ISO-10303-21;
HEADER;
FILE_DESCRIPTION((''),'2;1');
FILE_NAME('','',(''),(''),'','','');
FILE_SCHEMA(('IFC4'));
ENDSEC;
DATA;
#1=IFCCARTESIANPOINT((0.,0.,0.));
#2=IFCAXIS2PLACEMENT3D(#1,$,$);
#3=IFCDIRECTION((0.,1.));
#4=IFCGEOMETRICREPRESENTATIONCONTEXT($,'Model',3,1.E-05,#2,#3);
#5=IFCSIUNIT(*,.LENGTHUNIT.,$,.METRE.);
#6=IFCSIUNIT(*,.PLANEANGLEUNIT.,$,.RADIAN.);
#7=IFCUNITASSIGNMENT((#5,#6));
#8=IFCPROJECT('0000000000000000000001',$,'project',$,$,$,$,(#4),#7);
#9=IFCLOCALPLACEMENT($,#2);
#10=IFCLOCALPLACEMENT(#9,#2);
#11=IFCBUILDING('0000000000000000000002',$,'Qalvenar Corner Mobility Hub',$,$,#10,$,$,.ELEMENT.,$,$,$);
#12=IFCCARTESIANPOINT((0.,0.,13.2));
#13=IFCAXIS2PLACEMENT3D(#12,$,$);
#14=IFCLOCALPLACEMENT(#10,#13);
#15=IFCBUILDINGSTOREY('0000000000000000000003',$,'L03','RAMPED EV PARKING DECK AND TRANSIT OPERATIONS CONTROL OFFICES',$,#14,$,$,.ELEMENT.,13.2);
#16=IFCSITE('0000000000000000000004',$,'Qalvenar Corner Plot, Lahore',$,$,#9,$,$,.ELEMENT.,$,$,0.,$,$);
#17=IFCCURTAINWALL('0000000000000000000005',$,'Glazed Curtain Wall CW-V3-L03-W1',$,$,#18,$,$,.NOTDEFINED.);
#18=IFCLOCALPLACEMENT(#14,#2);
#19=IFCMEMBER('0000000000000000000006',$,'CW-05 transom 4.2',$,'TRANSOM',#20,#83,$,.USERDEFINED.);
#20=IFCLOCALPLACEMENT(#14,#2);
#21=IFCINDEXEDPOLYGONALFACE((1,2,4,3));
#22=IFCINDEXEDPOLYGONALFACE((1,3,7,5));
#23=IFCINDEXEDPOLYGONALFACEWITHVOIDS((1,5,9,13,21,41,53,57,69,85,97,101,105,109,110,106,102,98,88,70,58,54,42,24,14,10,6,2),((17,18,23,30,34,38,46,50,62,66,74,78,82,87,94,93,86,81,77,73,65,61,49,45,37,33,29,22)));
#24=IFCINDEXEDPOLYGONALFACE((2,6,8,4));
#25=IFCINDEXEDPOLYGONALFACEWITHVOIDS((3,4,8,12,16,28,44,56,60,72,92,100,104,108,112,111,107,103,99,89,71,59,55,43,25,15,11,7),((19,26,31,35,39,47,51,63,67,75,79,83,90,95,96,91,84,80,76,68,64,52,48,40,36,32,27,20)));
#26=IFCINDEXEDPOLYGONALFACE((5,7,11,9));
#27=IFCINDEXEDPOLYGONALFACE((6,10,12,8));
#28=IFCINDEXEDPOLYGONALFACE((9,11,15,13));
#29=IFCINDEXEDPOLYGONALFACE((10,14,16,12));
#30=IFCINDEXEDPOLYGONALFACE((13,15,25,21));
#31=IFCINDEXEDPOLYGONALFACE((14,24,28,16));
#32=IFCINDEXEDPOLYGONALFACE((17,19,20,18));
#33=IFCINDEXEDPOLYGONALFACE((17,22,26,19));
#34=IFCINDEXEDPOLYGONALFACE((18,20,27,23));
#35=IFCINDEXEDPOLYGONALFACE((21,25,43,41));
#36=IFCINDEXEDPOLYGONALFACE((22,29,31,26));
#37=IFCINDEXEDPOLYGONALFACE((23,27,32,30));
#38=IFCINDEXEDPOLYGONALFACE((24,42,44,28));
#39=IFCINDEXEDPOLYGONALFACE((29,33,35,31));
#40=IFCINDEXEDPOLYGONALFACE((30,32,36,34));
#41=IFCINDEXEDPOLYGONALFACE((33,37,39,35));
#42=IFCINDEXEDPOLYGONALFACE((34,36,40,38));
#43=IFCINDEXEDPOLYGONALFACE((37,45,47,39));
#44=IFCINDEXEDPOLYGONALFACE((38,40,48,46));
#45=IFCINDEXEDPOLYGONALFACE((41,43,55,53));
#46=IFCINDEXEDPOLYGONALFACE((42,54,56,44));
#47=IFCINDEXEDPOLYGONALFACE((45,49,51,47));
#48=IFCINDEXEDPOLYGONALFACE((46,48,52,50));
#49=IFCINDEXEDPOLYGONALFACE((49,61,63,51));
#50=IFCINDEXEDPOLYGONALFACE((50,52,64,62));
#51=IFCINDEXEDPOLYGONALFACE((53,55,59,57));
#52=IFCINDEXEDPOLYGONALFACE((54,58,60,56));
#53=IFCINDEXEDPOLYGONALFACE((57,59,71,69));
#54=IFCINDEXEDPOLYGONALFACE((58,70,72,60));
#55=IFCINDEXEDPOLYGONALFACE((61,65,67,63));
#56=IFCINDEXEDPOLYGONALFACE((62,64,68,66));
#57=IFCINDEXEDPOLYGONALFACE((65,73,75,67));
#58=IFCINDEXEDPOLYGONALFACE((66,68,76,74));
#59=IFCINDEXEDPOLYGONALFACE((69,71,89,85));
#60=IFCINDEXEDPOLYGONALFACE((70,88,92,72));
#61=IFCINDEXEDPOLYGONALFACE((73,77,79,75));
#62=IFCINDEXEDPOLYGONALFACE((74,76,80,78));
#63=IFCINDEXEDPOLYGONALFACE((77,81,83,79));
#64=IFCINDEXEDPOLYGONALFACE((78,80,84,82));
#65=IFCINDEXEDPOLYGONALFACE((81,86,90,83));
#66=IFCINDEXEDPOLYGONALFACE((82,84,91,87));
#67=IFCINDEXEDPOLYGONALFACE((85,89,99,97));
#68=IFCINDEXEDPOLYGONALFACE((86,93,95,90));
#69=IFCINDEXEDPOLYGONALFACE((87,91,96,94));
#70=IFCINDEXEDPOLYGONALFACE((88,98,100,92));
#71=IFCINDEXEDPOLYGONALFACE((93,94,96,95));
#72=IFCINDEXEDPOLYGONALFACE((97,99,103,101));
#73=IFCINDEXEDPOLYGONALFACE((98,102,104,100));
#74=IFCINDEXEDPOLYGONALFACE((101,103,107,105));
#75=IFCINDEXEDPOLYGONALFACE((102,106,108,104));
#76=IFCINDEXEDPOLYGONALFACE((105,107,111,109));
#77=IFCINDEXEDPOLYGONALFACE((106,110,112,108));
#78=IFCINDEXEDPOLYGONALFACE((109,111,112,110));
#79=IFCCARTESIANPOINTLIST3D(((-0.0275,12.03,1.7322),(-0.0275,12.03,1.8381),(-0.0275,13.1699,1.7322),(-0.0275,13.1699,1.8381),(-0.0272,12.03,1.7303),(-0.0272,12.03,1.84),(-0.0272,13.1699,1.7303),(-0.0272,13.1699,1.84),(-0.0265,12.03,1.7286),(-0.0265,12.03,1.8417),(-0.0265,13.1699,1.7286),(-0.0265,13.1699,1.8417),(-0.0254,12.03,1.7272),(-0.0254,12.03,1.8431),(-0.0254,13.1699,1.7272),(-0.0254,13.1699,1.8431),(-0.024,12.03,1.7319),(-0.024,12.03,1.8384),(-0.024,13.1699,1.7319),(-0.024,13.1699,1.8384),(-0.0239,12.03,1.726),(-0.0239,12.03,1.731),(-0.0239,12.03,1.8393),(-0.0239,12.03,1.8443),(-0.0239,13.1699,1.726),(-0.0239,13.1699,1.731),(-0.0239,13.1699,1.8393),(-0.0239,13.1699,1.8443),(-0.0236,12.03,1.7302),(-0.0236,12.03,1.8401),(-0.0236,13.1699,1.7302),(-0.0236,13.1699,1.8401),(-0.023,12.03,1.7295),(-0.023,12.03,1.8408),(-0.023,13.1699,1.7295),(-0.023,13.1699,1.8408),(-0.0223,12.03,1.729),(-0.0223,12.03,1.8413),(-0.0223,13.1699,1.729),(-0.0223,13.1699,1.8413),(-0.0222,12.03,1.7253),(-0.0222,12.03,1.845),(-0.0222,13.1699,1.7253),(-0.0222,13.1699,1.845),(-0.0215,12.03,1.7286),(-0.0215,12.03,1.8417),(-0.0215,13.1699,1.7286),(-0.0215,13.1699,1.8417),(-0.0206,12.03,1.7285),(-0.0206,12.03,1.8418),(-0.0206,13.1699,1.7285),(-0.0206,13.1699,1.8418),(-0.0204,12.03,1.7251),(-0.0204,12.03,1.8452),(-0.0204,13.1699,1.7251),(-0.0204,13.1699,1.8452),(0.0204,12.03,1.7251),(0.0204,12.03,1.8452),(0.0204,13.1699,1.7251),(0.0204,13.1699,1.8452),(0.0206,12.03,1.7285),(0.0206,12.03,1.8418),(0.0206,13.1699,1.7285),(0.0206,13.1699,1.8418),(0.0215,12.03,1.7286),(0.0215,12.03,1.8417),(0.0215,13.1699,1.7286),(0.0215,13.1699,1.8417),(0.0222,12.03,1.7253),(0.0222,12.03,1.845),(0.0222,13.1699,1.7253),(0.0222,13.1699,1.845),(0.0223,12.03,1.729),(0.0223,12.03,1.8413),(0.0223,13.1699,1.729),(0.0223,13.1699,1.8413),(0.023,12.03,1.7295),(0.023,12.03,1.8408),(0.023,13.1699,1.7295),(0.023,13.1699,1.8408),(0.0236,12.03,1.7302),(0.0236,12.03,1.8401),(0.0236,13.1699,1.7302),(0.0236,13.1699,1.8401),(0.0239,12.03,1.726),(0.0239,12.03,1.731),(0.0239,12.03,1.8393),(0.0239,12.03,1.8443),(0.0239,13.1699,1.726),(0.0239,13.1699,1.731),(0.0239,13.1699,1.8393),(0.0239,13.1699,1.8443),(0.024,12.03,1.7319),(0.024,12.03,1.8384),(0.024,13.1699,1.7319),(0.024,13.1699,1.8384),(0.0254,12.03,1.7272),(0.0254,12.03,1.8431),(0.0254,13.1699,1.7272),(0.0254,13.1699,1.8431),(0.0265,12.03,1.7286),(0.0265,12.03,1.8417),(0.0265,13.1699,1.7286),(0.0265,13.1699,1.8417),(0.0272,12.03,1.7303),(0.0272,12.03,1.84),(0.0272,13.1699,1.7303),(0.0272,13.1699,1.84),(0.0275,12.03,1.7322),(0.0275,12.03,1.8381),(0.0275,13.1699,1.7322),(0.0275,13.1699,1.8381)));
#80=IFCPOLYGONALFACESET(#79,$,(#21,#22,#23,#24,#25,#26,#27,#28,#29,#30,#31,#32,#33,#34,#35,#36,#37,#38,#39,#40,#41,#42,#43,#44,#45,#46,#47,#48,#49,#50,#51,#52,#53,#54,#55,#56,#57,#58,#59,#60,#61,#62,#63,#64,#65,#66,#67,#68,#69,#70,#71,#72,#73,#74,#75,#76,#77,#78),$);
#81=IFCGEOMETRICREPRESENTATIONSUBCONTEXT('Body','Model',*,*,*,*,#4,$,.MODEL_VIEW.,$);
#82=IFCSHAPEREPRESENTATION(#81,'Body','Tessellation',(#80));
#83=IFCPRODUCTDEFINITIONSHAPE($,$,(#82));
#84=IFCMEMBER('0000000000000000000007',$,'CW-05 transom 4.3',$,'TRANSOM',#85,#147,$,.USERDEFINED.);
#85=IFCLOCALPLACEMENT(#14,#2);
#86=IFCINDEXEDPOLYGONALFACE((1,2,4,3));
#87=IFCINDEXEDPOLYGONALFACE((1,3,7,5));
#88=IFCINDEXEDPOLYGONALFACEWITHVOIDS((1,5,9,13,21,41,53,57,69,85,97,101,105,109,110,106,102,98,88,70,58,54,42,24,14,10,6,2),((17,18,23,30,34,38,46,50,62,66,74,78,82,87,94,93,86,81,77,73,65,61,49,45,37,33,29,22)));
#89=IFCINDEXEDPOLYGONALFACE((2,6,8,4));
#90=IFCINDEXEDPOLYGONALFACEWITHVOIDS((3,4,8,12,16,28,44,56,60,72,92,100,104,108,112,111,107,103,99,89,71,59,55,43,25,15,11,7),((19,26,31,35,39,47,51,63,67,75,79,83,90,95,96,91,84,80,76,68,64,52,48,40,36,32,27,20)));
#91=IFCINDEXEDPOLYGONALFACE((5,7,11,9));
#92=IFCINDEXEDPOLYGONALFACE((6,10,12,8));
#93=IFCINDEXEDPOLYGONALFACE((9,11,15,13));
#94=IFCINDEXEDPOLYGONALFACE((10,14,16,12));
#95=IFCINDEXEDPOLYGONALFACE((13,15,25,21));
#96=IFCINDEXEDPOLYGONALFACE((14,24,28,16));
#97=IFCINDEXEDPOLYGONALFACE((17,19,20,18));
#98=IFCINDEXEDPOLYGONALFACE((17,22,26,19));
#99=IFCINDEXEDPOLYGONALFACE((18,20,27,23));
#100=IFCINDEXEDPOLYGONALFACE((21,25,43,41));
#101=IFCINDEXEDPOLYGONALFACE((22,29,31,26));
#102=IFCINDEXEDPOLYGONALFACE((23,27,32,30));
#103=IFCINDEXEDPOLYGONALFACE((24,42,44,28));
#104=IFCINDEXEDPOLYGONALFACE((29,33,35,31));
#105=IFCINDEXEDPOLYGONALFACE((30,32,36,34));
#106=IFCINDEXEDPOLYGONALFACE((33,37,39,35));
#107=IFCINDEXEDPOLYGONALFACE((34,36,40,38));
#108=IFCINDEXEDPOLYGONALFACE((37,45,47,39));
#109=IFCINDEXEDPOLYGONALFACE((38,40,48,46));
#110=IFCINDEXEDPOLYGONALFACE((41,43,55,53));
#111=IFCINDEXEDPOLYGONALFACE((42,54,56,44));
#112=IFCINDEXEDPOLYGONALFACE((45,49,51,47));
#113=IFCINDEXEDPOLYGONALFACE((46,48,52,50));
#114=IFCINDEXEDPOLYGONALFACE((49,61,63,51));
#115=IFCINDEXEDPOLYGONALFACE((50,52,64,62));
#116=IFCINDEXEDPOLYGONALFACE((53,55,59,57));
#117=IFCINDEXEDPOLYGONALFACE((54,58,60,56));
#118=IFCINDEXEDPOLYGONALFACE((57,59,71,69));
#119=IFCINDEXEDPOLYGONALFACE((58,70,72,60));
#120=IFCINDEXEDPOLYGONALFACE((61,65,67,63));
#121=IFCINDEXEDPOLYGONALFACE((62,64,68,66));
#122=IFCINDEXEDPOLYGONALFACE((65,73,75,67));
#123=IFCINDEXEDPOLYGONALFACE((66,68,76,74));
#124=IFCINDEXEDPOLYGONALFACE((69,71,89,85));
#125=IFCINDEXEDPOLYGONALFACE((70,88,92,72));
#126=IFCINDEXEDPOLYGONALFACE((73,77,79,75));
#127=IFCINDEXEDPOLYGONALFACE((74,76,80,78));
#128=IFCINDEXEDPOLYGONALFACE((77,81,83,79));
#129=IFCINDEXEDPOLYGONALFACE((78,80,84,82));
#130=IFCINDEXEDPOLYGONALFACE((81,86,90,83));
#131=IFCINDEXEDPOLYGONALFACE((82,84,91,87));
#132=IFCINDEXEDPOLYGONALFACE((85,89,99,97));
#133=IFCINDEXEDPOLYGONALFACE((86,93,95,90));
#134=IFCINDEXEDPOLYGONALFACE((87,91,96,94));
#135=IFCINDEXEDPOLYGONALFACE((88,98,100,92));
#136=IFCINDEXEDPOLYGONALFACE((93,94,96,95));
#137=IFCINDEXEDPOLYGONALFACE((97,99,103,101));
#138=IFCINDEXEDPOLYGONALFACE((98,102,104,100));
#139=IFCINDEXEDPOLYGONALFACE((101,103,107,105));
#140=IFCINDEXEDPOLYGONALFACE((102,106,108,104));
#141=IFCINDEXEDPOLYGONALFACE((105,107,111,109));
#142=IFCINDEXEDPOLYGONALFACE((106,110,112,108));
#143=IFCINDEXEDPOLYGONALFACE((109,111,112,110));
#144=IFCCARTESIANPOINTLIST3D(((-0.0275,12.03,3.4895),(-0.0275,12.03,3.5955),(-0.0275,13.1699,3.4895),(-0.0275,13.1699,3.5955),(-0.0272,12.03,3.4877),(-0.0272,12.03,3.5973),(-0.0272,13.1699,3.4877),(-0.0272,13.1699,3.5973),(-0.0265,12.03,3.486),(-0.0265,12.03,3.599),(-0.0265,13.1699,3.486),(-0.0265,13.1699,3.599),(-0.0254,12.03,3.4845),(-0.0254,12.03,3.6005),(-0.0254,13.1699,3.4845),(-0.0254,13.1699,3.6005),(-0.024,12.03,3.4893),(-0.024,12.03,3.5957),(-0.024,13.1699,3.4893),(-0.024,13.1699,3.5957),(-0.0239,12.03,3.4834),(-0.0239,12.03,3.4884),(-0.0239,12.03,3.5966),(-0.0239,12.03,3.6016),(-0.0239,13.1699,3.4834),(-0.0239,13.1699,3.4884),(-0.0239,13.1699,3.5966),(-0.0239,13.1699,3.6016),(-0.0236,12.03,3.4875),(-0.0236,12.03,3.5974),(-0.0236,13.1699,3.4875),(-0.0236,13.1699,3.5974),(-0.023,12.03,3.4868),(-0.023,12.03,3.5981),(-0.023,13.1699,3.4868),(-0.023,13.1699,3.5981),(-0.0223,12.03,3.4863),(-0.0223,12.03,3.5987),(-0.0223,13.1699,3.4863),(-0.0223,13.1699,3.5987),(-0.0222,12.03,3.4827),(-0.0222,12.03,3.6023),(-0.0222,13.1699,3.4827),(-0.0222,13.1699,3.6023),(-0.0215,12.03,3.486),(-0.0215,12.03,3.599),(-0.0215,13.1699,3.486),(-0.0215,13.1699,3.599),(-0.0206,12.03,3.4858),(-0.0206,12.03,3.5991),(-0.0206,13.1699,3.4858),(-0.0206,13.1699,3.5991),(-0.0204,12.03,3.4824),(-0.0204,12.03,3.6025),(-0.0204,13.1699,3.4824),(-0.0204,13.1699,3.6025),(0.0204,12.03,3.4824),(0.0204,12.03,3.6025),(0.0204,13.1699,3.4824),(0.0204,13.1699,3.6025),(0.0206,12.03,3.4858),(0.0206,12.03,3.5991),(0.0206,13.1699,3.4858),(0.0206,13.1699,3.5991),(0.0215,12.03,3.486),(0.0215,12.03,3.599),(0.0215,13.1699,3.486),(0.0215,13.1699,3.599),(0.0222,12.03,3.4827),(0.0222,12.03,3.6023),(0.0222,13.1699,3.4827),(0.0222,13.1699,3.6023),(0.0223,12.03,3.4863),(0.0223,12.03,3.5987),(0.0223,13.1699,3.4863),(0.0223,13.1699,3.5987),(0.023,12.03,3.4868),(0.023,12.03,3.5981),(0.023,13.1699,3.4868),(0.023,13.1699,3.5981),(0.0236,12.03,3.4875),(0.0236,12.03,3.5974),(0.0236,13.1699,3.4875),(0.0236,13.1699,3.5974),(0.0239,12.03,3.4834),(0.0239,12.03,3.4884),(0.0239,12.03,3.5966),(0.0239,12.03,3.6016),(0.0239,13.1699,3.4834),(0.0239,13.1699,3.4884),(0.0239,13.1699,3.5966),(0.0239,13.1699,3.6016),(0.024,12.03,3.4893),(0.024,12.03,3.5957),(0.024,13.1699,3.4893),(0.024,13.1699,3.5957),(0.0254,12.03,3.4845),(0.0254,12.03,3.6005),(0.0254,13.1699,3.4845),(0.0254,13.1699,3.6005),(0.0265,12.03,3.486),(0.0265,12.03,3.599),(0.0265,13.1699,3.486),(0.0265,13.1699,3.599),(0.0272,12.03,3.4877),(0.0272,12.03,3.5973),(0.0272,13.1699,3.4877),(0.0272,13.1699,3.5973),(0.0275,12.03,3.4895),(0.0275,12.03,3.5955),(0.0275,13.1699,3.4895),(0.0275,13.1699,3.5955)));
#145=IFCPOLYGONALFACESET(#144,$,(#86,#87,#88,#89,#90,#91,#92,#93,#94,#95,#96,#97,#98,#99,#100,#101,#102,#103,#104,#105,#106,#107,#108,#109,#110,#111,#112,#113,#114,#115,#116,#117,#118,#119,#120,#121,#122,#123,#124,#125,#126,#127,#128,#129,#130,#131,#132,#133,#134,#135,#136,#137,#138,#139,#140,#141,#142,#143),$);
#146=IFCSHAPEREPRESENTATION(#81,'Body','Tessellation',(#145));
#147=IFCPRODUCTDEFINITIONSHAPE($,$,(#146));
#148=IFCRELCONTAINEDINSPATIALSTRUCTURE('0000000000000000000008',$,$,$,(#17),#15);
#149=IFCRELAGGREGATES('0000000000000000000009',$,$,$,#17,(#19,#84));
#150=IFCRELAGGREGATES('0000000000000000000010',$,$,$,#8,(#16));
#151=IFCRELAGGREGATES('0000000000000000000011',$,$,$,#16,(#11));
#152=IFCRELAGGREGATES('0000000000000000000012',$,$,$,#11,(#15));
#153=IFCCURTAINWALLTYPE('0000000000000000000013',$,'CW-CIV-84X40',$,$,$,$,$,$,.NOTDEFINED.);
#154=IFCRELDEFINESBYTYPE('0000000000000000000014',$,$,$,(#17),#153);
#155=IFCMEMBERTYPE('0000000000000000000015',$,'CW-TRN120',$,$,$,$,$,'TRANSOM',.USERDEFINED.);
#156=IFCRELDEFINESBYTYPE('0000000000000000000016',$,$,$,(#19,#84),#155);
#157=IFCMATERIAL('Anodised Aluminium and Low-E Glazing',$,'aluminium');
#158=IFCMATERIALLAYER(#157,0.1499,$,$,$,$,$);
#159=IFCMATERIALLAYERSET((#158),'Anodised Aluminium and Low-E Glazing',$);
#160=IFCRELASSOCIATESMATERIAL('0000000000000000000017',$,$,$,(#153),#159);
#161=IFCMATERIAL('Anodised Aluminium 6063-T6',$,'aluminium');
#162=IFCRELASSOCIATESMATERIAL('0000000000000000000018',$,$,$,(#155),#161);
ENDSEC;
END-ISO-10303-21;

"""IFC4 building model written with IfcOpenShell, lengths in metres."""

from ifc_helpers import new_model, si_unit, direction, frame, origin, origin_2d, place, context, subcontext, project, spatial, hollow_rectangle, extrude, material, layer, layer_set, material_profile, profile_set, type_object, element, aggregate, save


model = new_model("IFC4")

# Units and contexts
model_context = context("Model", 3, precision=1e-05, world=origin(), true_north=direction((0.0, 1.0)))
body_context = subcontext(model_context, "Body", "Model", "MODEL_VIEW")
ifc_project = project(units=[si_unit("LENGTHUNIT", "METRE"), si_unit("PLANEANGLEUNIT", "RADIAN")], contexts=[model_context])

# Site, building, storey
site_placement = place(None, origin())
site = spatial("IfcSite", under=ifc_project, at=site_placement, Name="Qalvenar Corner Plot, Lahore", CompositionType="ELEMENT", RefElevation=0.0)
building_placement = place(site_placement, origin())
building = spatial("IfcBuilding", under=site, at=building_placement, Name="Qalvenar Corner Mobility Hub", CompositionType="ELEMENT")
storey_placement = place(building_placement, frame((0.0, 0.0, 13.2)))
storey = spatial("IfcBuildingStorey", under=building, at=storey_placement, Name="L03", Description="RAMPED EV PARKING DECK AND TRANSIT OPERATIONS CONTROL OFFICES", CompositionType="ELEMENT", Elevation=13.2)

# Curtain wall, members
ifc_material_1 = material(Name="Anodised Aluminium and Low-E Glazing", Category="aluminium")
ifc_layer_1 = layer(ifc_material_1, 0.1499)
ifc_layer_set_1 = layer_set([ifc_layer_1], Name="Anodised Aluminium and Low-E Glazing")
curtain_wall_type = type_object("IfcCurtainWallType", Name="CW-CIV-84X40", PredefinedType="NOTDEFINED", material=ifc_layer_set_1)
curtain_wall_placement = place(storey_placement, origin())
curtain_wall = element("IfcCurtainWall", 1, at=curtain_wall_placement, inside=storey, type_object=curtain_wall_type, Name="Glazed Curtain Wall CW-V3-L03-W1", PredefinedType="NOTDEFINED")
ifc_material_2 = material(Name="Anodised Aluminium 6063-T6", Category="aluminium")
ifc_material_profile_1 = material_profile(ifc_material_2, hollow_rectangle(XDim=0.0549, YDim=0.1201, WallThickness=0.0034, InnerFilletRadius=0.0034, OuterFilletRadius=0.0071, at=origin_2d()), Name="RHS120x55x3.5")
ifc_profile_set_1 = profile_set([ifc_material_profile_1], Name="Anodised Aluminium 6063-T6")
member_type_1 = type_object("IfcMemberType", Name="CW-TRN120", ElementType="TRANSOM", PredefinedType="USERDEFINED", material=ifc_profile_set_1)
member_1_placement = place(storey_placement, frame((0.0, 13.1699, 1.7852), z_axis=(0.0, -1.0, 0.0), x_axis=(1.0, 0.0, 0.0)))
member_1 = element("IfcMember", 2, at=member_1_placement, type_object=member_type_1, Name="CW-05 transom 4.2", ObjectType="TRANSOM", PredefinedType="USERDEFINED", context=body_context, shape_type="SweptSolid", body=[
    extrude(hollow_rectangle(XDim=0.0549, YDim=0.1201, WallThickness=0.0034, InnerFilletRadius=0.0034, OuterFilletRadius=0.0071, at=origin_2d()), origin(), (0.0, 0.0, 1.0), 1.1399),
])
member_2_placement = place(storey_placement, frame((0.0, 13.1699, 3.5425), z_axis=(0.0, -1.0, 0.0), x_axis=(1.0, 0.0, 0.0)))
member_2 = element("IfcMember", 3, at=member_2_placement, type_object=member_type_1, Name="CW-05 transom 4.3", ObjectType="TRANSOM", PredefinedType="USERDEFINED", context=body_context, shape_type="SweptSolid", body=[
    extrude(hollow_rectangle(XDim=0.0549, YDim=0.1201, WallThickness=0.0034, InnerFilletRadius=0.0034, OuterFilletRadius=0.0071, at=origin_2d()), origin(), (0.0, 0.0, 1.0), 1.1399),
])
aggregate(curtain_wall, [member_1, member_2])

save(model, "model.ifc")
